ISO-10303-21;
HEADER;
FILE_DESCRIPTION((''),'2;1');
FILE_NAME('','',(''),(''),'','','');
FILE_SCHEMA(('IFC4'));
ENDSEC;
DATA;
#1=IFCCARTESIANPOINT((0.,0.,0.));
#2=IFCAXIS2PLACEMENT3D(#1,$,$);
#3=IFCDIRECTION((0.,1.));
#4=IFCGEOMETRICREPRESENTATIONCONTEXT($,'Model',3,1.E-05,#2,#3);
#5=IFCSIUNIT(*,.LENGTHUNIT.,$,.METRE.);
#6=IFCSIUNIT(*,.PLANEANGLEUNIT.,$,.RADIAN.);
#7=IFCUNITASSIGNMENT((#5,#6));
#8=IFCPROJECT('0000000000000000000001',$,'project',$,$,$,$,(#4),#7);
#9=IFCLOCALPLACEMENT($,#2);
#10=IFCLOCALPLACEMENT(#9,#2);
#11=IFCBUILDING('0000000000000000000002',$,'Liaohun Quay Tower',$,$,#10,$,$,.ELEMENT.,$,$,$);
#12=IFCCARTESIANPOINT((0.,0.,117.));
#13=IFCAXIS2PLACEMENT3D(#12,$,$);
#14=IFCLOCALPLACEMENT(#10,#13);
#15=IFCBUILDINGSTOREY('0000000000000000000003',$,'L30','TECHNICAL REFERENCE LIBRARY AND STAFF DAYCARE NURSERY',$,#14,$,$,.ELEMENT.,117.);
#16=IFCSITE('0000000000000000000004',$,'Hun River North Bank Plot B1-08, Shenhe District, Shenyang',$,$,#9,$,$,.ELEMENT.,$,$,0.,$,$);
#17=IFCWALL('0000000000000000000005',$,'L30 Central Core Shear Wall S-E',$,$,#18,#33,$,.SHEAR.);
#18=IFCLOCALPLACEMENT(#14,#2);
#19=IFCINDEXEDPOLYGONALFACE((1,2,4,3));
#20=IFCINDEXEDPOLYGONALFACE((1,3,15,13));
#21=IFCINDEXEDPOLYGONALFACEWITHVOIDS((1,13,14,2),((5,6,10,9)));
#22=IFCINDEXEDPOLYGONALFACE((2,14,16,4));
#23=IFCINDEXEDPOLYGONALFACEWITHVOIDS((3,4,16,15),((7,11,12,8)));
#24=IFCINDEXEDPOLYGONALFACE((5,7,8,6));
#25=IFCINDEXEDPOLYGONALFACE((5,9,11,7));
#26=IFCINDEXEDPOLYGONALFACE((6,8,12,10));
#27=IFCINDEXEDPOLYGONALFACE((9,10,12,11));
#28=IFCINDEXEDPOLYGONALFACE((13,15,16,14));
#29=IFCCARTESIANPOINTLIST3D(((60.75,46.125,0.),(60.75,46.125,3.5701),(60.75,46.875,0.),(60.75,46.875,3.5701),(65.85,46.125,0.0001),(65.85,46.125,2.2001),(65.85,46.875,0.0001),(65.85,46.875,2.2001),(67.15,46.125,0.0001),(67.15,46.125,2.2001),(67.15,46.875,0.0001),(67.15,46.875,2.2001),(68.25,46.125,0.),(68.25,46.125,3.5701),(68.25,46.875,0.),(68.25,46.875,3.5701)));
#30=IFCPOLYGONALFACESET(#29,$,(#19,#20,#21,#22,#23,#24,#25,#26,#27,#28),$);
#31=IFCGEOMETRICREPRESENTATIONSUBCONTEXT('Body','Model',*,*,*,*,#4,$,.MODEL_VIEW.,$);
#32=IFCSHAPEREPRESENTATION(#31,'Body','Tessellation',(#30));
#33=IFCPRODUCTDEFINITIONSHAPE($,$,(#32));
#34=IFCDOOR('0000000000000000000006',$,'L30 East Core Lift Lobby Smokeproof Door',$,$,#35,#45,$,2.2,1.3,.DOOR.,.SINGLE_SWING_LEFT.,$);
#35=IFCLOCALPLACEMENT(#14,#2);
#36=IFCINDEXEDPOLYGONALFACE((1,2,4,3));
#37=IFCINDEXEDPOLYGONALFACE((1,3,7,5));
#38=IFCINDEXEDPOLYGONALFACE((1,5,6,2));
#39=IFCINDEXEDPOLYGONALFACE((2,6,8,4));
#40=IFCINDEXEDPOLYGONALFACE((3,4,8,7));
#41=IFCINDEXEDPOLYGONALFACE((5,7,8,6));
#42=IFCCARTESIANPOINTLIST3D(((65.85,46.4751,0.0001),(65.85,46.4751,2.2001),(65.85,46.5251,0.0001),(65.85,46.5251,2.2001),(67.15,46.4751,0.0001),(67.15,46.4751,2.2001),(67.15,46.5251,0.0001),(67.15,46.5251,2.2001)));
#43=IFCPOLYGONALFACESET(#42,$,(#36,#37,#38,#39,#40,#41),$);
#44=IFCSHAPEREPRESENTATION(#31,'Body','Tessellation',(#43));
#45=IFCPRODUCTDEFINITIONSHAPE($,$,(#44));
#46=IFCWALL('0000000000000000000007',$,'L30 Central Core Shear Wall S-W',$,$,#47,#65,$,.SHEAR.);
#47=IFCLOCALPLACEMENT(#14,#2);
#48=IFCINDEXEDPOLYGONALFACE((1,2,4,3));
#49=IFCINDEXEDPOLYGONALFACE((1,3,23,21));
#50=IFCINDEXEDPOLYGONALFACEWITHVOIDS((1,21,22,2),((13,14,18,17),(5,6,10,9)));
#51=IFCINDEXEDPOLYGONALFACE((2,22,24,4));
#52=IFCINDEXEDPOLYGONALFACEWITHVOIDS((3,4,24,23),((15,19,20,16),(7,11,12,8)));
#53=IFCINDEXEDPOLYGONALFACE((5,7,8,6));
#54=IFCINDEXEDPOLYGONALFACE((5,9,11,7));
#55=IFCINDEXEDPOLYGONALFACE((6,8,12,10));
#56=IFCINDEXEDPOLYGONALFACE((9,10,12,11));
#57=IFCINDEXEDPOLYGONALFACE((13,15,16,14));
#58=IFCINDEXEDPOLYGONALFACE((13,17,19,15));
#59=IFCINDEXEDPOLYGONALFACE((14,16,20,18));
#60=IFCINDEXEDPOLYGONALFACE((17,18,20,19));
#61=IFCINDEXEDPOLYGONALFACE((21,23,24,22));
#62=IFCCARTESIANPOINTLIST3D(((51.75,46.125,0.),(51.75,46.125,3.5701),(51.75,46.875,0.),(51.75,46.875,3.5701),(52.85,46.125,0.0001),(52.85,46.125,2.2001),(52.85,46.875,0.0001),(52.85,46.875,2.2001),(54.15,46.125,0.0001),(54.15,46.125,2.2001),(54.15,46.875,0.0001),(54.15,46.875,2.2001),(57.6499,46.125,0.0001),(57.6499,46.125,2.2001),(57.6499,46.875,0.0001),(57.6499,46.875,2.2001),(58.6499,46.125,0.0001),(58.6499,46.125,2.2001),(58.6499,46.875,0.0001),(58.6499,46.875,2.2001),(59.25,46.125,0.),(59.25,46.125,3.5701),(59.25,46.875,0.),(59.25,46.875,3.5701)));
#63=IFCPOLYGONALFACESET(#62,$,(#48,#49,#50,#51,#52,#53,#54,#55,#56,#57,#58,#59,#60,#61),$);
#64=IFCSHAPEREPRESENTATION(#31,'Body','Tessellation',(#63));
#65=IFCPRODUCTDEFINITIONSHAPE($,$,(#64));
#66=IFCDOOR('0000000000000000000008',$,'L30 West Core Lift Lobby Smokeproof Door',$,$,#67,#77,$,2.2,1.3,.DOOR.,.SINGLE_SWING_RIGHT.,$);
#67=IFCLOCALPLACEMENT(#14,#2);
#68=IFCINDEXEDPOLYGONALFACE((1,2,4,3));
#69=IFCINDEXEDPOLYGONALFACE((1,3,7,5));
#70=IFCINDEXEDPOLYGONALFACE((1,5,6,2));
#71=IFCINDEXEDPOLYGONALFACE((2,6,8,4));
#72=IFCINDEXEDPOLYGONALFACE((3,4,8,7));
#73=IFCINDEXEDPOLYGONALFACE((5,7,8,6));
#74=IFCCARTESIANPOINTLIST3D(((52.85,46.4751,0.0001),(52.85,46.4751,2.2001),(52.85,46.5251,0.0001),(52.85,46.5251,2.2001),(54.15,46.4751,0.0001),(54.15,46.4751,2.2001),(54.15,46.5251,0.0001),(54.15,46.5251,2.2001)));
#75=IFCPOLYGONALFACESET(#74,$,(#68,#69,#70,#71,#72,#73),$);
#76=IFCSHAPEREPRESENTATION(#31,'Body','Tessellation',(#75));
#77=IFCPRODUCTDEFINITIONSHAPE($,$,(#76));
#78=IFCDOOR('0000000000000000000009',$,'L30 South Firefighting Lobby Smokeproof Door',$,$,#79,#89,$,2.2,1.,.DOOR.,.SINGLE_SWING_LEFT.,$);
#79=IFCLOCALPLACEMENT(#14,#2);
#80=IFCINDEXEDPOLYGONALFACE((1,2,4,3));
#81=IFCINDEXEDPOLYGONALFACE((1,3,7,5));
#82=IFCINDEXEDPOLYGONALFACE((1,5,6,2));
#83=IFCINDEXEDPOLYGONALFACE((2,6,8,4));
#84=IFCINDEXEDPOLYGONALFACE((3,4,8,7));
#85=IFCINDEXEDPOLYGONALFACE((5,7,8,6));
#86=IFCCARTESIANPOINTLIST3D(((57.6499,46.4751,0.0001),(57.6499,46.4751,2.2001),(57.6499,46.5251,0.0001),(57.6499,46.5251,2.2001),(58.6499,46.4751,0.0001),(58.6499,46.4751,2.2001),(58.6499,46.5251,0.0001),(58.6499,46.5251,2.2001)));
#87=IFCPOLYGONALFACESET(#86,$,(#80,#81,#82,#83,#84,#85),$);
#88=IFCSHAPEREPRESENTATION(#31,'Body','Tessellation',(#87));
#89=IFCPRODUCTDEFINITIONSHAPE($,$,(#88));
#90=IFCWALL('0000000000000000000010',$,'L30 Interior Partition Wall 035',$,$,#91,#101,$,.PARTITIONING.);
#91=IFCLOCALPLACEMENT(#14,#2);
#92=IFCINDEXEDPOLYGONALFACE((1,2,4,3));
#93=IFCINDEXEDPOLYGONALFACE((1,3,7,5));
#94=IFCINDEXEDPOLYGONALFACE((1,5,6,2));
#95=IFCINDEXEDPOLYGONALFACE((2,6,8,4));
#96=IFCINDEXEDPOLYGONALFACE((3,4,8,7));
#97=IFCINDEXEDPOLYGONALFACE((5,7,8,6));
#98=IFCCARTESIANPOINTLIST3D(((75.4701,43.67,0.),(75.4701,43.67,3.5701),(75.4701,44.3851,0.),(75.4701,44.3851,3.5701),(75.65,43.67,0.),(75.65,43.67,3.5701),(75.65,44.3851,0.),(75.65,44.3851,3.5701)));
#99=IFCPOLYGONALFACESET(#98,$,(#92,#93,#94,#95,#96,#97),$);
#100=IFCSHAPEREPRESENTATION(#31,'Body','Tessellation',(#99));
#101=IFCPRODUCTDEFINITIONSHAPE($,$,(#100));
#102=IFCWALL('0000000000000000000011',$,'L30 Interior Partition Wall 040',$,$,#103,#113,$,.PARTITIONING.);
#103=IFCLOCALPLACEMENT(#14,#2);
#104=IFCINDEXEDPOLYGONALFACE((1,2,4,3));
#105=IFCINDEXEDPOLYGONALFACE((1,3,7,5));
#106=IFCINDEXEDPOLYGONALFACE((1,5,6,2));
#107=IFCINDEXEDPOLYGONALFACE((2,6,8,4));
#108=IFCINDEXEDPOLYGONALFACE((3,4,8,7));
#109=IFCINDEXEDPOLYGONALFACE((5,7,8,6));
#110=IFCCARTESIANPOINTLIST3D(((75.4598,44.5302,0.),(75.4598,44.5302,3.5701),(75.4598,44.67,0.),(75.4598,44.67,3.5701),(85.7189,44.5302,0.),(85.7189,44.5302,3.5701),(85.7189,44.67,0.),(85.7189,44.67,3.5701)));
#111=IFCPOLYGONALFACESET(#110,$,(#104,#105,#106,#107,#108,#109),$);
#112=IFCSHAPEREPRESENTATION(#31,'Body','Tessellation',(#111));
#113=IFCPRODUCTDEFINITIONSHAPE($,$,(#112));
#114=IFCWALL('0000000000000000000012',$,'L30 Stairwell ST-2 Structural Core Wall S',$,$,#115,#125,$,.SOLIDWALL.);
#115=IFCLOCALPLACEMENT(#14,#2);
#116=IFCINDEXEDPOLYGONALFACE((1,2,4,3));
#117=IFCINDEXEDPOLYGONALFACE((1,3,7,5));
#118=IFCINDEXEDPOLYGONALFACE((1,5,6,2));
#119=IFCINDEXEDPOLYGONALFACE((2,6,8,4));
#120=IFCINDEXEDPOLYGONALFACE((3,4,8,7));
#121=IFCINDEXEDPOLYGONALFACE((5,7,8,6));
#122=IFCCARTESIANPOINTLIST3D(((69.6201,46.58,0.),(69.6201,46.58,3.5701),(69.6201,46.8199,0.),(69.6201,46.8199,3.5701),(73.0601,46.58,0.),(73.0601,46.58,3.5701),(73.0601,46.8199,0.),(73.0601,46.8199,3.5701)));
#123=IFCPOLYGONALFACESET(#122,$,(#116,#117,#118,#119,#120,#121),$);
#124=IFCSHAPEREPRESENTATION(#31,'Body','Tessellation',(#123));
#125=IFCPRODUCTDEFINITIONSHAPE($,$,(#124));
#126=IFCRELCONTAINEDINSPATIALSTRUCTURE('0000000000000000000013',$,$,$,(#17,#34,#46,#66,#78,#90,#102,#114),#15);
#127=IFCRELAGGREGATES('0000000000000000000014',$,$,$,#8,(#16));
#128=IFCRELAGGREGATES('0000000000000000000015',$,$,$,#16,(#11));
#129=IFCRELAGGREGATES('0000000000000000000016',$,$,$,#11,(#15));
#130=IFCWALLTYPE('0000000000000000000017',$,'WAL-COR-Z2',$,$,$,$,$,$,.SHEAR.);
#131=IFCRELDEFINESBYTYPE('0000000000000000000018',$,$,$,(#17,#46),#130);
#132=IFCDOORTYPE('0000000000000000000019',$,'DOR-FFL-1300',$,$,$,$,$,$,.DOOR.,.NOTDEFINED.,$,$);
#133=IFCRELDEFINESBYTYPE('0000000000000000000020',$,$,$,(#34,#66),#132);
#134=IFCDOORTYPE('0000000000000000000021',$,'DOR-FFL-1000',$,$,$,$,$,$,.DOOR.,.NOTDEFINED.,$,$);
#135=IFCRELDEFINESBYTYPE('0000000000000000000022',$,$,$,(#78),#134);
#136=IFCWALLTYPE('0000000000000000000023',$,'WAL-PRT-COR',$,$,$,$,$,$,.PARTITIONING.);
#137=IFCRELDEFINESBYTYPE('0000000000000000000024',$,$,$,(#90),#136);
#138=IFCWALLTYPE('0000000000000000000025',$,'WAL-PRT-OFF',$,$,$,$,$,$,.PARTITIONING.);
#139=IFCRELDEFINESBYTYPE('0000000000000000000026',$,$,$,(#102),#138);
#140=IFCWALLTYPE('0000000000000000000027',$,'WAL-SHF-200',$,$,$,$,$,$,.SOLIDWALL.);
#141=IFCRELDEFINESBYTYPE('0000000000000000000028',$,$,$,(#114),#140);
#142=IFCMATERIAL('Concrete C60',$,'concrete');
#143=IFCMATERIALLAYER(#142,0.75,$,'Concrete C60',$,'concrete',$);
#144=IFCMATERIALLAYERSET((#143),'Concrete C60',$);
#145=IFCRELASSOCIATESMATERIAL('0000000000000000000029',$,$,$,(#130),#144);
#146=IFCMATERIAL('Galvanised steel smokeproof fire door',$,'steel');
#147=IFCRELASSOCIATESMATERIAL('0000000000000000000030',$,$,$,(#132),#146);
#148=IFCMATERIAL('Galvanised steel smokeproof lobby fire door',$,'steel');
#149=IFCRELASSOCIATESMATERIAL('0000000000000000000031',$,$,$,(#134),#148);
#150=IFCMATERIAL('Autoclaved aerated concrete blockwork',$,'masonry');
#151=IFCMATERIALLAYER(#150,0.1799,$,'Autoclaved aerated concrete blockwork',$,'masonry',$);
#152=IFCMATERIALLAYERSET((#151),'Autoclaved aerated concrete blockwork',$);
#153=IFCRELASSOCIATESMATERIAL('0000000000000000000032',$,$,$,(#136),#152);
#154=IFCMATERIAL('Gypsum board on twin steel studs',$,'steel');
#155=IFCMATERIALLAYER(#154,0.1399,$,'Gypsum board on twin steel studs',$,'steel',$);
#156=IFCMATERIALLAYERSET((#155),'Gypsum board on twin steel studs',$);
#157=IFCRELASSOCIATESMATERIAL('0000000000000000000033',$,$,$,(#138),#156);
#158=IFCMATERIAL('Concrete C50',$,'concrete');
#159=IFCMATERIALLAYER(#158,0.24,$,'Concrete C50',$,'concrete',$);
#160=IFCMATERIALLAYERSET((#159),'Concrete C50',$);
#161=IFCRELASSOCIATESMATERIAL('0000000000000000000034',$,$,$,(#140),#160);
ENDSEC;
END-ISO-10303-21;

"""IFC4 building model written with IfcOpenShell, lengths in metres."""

from ifc_helpers import new_model, si_unit, direction, frame, frame_2d, origin, place, context, subcontext, project, spatial, rectangle, extrude, source, transform, mapped, material, layer, layer_set, type_object, element, fill, save


model = new_model("IFC4")

# Units and contexts
model_context = context("Model", 3, precision=1e-05, world=origin(), true_north=direction((0.0, 1.0)))
body_context = subcontext(model_context, "Body", "Model", "MODEL_VIEW")
ifc_project = project(units=[si_unit("LENGTHUNIT", "METRE"), si_unit("PLANEANGLEUNIT", "RADIAN")], contexts=[model_context])

# Site, building, storey
site_placement = place(None, origin())
site = spatial("IfcSite", under=ifc_project, at=site_placement, Name="Hun River North Bank Plot B1-08, Shenhe District, Shenyang", CompositionType="ELEMENT", RefElevation=0.0)
building_placement = place(site_placement, origin())
building = spatial("IfcBuilding", under=site, at=building_placement, Name="Liaohun Quay Tower", CompositionType="ELEMENT")
storey_placement = place(building_placement, frame((0.0, 0.0, 117.0)))
storey = spatial("IfcBuildingStorey", under=building, at=storey_placement, Name="L30", Description="TECHNICAL REFERENCE LIBRARY AND STAFF DAYCARE NURSERY", CompositionType="ELEMENT", Elevation=117.0)

# Shared definitions
ifc_material_1 = material(Name="Concrete C60", Category="concrete")

# Wall, opening, door
ifc_layer_1 = layer(ifc_material_1, 0.75, Name="Concrete C60", Category="concrete")
ifc_layer_set_1 = layer_set([ifc_layer_1], Name="Concrete C60")
wall_type_1 = type_object("IfcWallType", Name="WAL-COR-Z2", PredefinedType="SHEAR", material=ifc_layer_set_1)
wall_1_placement = place(storey_placement, frame((68.25, 46.5, 0.0), z_axis=(0.0, 0.0, 1.0), x_axis=(-1.0, 0.0, 0.0)))
wall_1 = element("IfcWall", 1, at=wall_1_placement, inside=storey, type_object=wall_type_1, Name="L30 Central Core Shear Wall S-E", PredefinedType="SHEAR", context=body_context, shape_type="SweptSolid", body=[
    extrude(rectangle(XDim=7.5, YDim=0.75, at=frame_2d((3.75, 0.0))), origin(), (0.0, 0.0, 1.0), 3.5701),
])
shared_shape_1 = source(origin(), body_context, "Body", "SweptSolid", [
    extrude(rectangle(XDim=1.3, YDim=2.2, at=frame_2d((0.6499, 1.1001))), frame((0.0, 0.385, 0.0), z_axis=(0.0, -1.0, 0.0), x_axis=(1.0, 0.0, 0.0)), (0.0, 0.0, 1.0), 0.77),
])
opening_1_placement = place(wall_1_placement, frame((1.1001, 0.0, 0.0)))
opening_1 = element("IfcOpeningElement", 2, at=opening_1_placement, cuts=wall_1, PredefinedType="OPENING", context=body_context, shape_type="MappedRepresentation", body=[
    mapped(shared_shape_1, transform((0.0, 0.0, 0.0), x_axis=(1.0, 0.0, 0.0), y_axis=(0.0, 1.0, 0.0), z_axis=(0.0, 0.0, 1.0), scale=1.0)),
])
ifc_material_2 = material(Name="Galvanised steel smokeproof fire door", Category="steel")
door_type_1 = type_object("IfcDoorType", Name="DOR-FFL-1300", OperationType="NOTDEFINED", PredefinedType="DOOR", material=ifc_material_2)
shared_shape_2 = source(origin(), body_context, "Body", "SweptSolid", [
    extrude(rectangle(XDim=1.3, YDim=2.2, at=frame_2d((0.6499, 1.1001))), frame((0.0, 0.0249, 0.0), z_axis=(0.0, -1.0, 0.0), x_axis=(1.0, 0.0, 0.0)), (0.0, 0.0, 1.0), 0.05),
])
door_1_placement = place(opening_1_placement, origin())
door_1 = element("IfcDoor", 3, at=door_1_placement, inside=storey, type_object=door_type_1, Name="L30 East Core Lift Lobby Smokeproof Door", OperationType="SINGLE_SWING_LEFT", OverallHeight=2.2, OverallWidth=1.3, PredefinedType="DOOR", context=body_context, shape_type="MappedRepresentation", body=[
    mapped(shared_shape_2, transform((0.0, 0.0, 0.0), x_axis=(1.0, 0.0, 0.0), y_axis=(0.0, 1.0, 0.0), z_axis=(0.0, 0.0, 1.0), scale=1.0)),
])
fill(opening_1, door_1)

# Wall, openings, doors
wall_2_placement = place(storey_placement, frame((59.25, 46.5, 0.0), z_axis=(0.0, 0.0, 1.0), x_axis=(-1.0, 0.0, 0.0)))
wall_2 = element("IfcWall", 4, at=wall_2_placement, inside=storey, type_object=wall_type_1, Name="L30 Central Core Shear Wall S-W", PredefinedType="SHEAR", context=body_context, shape_type="SweptSolid", body=[
    extrude(rectangle(XDim=7.5, YDim=0.75, at=frame_2d((3.75, 0.0))), origin(), (0.0, 0.0, 1.0), 3.5701),
])
opening_2_placement = place(wall_2_placement, frame((5.1001, 0.0, 0.0)))
opening_2 = element("IfcOpeningElement", 5, at=opening_2_placement, cuts=wall_2, PredefinedType="OPENING", context=body_context, shape_type="MappedRepresentation", body=[
    mapped(shared_shape_1, transform((0.0, 0.0, 0.0), x_axis=(1.0, 0.0, 0.0), y_axis=(0.0, 1.0, 0.0), z_axis=(0.0, 0.0, 1.0), scale=1.0)),
])
shared_shape_3 = source(origin(), body_context, "Body", "SweptSolid", [
    extrude(rectangle(XDim=1.0, YDim=2.2, at=frame_2d((0.5, 1.1001))), frame((0.0, 0.385, 0.0), z_axis=(0.0, -1.0, 0.0), x_axis=(1.0, 0.0, 0.0)), (0.0, 0.0, 1.0), 0.77),
])
opening_3_placement = place(wall_2_placement, frame((0.6001, 0.0, 0.0)))
opening_3 = element("IfcOpeningElement", 6, at=opening_3_placement, cuts=wall_2, PredefinedType="OPENING", context=body_context, shape_type="MappedRepresentation", body=[
    mapped(shared_shape_3, transform((0.0, 0.0, 0.0), x_axis=(1.0, 0.0, 0.0), y_axis=(0.0, 1.0, 0.0), z_axis=(0.0, 0.0, 1.0), scale=1.0)),
])
door_2_placement = place(opening_2_placement, origin())
door_2 = element("IfcDoor", 7, at=door_2_placement, inside=storey, type_object=door_type_1, Name="L30 West Core Lift Lobby Smokeproof Door", OperationType="SINGLE_SWING_RIGHT", OverallHeight=2.2, OverallWidth=1.3, PredefinedType="DOOR", context=body_context, shape_type="MappedRepresentation", body=[
    mapped(shared_shape_2, transform((0.0, 0.0, 0.0), x_axis=(1.0, 0.0, 0.0), y_axis=(0.0, 1.0, 0.0), z_axis=(0.0, 0.0, 1.0), scale=1.0)),
])
fill(opening_2, door_2)
ifc_material_3 = material(Name="Galvanised steel smokeproof lobby fire door", Category="steel")
door_type_2 = type_object("IfcDoorType", Name="DOR-FFL-1000", OperationType="NOTDEFINED", PredefinedType="DOOR", material=ifc_material_3)
shared_shape_4 = source(origin(), body_context, "Body", "SweptSolid", [
    extrude(rectangle(XDim=1.0, YDim=2.2, at=frame_2d((0.5, 1.1001))), frame((0.0, 0.0249, 0.0), z_axis=(0.0, -1.0, 0.0), x_axis=(1.0, 0.0, 0.0)), (0.0, 0.0, 1.0), 0.05),
])
door_3_placement = place(opening_3_placement, origin())
door_3 = element("IfcDoor", 8, at=door_3_placement, inside=storey, type_object=door_type_2, Name="L30 South Firefighting Lobby Smokeproof Door", OperationType="SINGLE_SWING_LEFT", OverallHeight=2.2, OverallWidth=1.0, PredefinedType="DOOR", context=body_context, shape_type="MappedRepresentation", body=[
    mapped(shared_shape_4, transform((0.0, 0.0, 0.0), x_axis=(1.0, 0.0, 0.0), y_axis=(0.0, 1.0, 0.0), z_axis=(0.0, 0.0, 1.0), scale=1.0)),
])
fill(opening_3, door_3)

# Walls
ifc_material_4 = material(Name="Autoclaved aerated concrete blockwork", Category="masonry")
ifc_layer_2 = layer(ifc_material_4, 0.1799, Name="Autoclaved aerated concrete blockwork", Category="masonry")
ifc_layer_set_2 = layer_set([ifc_layer_2], Name="Autoclaved aerated concrete blockwork")
wall_type_2 = type_object("IfcWallType", Name="WAL-PRT-COR", PredefinedType="PARTITIONING", material=ifc_layer_set_2)
wall_3_placement = place(storey_placement, frame((75.5601, 44.385, 0.0), z_axis=(0.0, 0.0, 1.0), x_axis=(0.0, -1.0, 0.0)))
element("IfcWall", 9, at=wall_3_placement, inside=storey, type_object=wall_type_2, Name="L30 Interior Partition Wall 035", PredefinedType="PARTITIONING", context=body_context, shape_type="SweptSolid", body=[
    extrude(rectangle(XDim=0.7151, YDim=0.1799, at=frame_2d((0.3574, 0.0))), origin(), (0.0, 0.0, 1.0), 3.5701),
])
ifc_material_5 = material(Name="Gypsum board on twin steel studs", Category="steel")
ifc_layer_3 = layer(ifc_material_5, 0.1399, Name="Gypsum board on twin steel studs", Category="steel")
ifc_layer_set_3 = layer_set([ifc_layer_3], Name="Gypsum board on twin steel studs")
wall_type_3 = type_object("IfcWallType", Name="WAL-PRT-OFF", PredefinedType="PARTITIONING", material=ifc_layer_set_3)
wall_4_placement = place(storey_placement, frame((75.46, 44.6001, 0.0), z_axis=(0.0, 0.0, 1.0), x_axis=(1.0, 0.0, 0.0)))
element("IfcWall", 10, at=wall_4_placement, inside=storey, type_object=wall_type_3, Name="L30 Interior Partition Wall 040", PredefinedType="PARTITIONING", context=body_context, shape_type="SweptSolid", body=[
    extrude(rectangle(XDim=10.259, YDim=0.1399, at=frame_2d((5.1294, 0.0))), origin(), (0.0, 0.0, 1.0), 3.5701),
])
ifc_material_6 = material(Name="Concrete C50", Category="concrete")
ifc_layer_4 = layer(ifc_material_6, 0.24, Name="Concrete C50", Category="concrete")
ifc_layer_set_4 = layer_set([ifc_layer_4], Name="Concrete C50")
wall_type_4 = type_object("IfcWallType", Name="WAL-SHF-200", PredefinedType="SOLIDWALL", material=ifc_layer_set_4)
wall_5_placement = place(storey_placement, frame((69.6201, 46.7, 0.0), z_axis=(0.0, 0.0, 1.0), x_axis=(1.0, 0.0, 0.0)))
element("IfcWall", 11, at=wall_5_placement, inside=storey, type_object=wall_type_4, Name="L30 Stairwell ST-2 Structural Core Wall S", PredefinedType="SOLIDWALL", context=body_context, shape_type="SweptSolid", body=[
    extrude(rectangle(XDim=3.4399, YDim=0.24, at=frame_2d((1.72, 0.0))), origin(), (0.0, 0.0, 1.0), 3.5701),
])

save(model, "model.ifc")
